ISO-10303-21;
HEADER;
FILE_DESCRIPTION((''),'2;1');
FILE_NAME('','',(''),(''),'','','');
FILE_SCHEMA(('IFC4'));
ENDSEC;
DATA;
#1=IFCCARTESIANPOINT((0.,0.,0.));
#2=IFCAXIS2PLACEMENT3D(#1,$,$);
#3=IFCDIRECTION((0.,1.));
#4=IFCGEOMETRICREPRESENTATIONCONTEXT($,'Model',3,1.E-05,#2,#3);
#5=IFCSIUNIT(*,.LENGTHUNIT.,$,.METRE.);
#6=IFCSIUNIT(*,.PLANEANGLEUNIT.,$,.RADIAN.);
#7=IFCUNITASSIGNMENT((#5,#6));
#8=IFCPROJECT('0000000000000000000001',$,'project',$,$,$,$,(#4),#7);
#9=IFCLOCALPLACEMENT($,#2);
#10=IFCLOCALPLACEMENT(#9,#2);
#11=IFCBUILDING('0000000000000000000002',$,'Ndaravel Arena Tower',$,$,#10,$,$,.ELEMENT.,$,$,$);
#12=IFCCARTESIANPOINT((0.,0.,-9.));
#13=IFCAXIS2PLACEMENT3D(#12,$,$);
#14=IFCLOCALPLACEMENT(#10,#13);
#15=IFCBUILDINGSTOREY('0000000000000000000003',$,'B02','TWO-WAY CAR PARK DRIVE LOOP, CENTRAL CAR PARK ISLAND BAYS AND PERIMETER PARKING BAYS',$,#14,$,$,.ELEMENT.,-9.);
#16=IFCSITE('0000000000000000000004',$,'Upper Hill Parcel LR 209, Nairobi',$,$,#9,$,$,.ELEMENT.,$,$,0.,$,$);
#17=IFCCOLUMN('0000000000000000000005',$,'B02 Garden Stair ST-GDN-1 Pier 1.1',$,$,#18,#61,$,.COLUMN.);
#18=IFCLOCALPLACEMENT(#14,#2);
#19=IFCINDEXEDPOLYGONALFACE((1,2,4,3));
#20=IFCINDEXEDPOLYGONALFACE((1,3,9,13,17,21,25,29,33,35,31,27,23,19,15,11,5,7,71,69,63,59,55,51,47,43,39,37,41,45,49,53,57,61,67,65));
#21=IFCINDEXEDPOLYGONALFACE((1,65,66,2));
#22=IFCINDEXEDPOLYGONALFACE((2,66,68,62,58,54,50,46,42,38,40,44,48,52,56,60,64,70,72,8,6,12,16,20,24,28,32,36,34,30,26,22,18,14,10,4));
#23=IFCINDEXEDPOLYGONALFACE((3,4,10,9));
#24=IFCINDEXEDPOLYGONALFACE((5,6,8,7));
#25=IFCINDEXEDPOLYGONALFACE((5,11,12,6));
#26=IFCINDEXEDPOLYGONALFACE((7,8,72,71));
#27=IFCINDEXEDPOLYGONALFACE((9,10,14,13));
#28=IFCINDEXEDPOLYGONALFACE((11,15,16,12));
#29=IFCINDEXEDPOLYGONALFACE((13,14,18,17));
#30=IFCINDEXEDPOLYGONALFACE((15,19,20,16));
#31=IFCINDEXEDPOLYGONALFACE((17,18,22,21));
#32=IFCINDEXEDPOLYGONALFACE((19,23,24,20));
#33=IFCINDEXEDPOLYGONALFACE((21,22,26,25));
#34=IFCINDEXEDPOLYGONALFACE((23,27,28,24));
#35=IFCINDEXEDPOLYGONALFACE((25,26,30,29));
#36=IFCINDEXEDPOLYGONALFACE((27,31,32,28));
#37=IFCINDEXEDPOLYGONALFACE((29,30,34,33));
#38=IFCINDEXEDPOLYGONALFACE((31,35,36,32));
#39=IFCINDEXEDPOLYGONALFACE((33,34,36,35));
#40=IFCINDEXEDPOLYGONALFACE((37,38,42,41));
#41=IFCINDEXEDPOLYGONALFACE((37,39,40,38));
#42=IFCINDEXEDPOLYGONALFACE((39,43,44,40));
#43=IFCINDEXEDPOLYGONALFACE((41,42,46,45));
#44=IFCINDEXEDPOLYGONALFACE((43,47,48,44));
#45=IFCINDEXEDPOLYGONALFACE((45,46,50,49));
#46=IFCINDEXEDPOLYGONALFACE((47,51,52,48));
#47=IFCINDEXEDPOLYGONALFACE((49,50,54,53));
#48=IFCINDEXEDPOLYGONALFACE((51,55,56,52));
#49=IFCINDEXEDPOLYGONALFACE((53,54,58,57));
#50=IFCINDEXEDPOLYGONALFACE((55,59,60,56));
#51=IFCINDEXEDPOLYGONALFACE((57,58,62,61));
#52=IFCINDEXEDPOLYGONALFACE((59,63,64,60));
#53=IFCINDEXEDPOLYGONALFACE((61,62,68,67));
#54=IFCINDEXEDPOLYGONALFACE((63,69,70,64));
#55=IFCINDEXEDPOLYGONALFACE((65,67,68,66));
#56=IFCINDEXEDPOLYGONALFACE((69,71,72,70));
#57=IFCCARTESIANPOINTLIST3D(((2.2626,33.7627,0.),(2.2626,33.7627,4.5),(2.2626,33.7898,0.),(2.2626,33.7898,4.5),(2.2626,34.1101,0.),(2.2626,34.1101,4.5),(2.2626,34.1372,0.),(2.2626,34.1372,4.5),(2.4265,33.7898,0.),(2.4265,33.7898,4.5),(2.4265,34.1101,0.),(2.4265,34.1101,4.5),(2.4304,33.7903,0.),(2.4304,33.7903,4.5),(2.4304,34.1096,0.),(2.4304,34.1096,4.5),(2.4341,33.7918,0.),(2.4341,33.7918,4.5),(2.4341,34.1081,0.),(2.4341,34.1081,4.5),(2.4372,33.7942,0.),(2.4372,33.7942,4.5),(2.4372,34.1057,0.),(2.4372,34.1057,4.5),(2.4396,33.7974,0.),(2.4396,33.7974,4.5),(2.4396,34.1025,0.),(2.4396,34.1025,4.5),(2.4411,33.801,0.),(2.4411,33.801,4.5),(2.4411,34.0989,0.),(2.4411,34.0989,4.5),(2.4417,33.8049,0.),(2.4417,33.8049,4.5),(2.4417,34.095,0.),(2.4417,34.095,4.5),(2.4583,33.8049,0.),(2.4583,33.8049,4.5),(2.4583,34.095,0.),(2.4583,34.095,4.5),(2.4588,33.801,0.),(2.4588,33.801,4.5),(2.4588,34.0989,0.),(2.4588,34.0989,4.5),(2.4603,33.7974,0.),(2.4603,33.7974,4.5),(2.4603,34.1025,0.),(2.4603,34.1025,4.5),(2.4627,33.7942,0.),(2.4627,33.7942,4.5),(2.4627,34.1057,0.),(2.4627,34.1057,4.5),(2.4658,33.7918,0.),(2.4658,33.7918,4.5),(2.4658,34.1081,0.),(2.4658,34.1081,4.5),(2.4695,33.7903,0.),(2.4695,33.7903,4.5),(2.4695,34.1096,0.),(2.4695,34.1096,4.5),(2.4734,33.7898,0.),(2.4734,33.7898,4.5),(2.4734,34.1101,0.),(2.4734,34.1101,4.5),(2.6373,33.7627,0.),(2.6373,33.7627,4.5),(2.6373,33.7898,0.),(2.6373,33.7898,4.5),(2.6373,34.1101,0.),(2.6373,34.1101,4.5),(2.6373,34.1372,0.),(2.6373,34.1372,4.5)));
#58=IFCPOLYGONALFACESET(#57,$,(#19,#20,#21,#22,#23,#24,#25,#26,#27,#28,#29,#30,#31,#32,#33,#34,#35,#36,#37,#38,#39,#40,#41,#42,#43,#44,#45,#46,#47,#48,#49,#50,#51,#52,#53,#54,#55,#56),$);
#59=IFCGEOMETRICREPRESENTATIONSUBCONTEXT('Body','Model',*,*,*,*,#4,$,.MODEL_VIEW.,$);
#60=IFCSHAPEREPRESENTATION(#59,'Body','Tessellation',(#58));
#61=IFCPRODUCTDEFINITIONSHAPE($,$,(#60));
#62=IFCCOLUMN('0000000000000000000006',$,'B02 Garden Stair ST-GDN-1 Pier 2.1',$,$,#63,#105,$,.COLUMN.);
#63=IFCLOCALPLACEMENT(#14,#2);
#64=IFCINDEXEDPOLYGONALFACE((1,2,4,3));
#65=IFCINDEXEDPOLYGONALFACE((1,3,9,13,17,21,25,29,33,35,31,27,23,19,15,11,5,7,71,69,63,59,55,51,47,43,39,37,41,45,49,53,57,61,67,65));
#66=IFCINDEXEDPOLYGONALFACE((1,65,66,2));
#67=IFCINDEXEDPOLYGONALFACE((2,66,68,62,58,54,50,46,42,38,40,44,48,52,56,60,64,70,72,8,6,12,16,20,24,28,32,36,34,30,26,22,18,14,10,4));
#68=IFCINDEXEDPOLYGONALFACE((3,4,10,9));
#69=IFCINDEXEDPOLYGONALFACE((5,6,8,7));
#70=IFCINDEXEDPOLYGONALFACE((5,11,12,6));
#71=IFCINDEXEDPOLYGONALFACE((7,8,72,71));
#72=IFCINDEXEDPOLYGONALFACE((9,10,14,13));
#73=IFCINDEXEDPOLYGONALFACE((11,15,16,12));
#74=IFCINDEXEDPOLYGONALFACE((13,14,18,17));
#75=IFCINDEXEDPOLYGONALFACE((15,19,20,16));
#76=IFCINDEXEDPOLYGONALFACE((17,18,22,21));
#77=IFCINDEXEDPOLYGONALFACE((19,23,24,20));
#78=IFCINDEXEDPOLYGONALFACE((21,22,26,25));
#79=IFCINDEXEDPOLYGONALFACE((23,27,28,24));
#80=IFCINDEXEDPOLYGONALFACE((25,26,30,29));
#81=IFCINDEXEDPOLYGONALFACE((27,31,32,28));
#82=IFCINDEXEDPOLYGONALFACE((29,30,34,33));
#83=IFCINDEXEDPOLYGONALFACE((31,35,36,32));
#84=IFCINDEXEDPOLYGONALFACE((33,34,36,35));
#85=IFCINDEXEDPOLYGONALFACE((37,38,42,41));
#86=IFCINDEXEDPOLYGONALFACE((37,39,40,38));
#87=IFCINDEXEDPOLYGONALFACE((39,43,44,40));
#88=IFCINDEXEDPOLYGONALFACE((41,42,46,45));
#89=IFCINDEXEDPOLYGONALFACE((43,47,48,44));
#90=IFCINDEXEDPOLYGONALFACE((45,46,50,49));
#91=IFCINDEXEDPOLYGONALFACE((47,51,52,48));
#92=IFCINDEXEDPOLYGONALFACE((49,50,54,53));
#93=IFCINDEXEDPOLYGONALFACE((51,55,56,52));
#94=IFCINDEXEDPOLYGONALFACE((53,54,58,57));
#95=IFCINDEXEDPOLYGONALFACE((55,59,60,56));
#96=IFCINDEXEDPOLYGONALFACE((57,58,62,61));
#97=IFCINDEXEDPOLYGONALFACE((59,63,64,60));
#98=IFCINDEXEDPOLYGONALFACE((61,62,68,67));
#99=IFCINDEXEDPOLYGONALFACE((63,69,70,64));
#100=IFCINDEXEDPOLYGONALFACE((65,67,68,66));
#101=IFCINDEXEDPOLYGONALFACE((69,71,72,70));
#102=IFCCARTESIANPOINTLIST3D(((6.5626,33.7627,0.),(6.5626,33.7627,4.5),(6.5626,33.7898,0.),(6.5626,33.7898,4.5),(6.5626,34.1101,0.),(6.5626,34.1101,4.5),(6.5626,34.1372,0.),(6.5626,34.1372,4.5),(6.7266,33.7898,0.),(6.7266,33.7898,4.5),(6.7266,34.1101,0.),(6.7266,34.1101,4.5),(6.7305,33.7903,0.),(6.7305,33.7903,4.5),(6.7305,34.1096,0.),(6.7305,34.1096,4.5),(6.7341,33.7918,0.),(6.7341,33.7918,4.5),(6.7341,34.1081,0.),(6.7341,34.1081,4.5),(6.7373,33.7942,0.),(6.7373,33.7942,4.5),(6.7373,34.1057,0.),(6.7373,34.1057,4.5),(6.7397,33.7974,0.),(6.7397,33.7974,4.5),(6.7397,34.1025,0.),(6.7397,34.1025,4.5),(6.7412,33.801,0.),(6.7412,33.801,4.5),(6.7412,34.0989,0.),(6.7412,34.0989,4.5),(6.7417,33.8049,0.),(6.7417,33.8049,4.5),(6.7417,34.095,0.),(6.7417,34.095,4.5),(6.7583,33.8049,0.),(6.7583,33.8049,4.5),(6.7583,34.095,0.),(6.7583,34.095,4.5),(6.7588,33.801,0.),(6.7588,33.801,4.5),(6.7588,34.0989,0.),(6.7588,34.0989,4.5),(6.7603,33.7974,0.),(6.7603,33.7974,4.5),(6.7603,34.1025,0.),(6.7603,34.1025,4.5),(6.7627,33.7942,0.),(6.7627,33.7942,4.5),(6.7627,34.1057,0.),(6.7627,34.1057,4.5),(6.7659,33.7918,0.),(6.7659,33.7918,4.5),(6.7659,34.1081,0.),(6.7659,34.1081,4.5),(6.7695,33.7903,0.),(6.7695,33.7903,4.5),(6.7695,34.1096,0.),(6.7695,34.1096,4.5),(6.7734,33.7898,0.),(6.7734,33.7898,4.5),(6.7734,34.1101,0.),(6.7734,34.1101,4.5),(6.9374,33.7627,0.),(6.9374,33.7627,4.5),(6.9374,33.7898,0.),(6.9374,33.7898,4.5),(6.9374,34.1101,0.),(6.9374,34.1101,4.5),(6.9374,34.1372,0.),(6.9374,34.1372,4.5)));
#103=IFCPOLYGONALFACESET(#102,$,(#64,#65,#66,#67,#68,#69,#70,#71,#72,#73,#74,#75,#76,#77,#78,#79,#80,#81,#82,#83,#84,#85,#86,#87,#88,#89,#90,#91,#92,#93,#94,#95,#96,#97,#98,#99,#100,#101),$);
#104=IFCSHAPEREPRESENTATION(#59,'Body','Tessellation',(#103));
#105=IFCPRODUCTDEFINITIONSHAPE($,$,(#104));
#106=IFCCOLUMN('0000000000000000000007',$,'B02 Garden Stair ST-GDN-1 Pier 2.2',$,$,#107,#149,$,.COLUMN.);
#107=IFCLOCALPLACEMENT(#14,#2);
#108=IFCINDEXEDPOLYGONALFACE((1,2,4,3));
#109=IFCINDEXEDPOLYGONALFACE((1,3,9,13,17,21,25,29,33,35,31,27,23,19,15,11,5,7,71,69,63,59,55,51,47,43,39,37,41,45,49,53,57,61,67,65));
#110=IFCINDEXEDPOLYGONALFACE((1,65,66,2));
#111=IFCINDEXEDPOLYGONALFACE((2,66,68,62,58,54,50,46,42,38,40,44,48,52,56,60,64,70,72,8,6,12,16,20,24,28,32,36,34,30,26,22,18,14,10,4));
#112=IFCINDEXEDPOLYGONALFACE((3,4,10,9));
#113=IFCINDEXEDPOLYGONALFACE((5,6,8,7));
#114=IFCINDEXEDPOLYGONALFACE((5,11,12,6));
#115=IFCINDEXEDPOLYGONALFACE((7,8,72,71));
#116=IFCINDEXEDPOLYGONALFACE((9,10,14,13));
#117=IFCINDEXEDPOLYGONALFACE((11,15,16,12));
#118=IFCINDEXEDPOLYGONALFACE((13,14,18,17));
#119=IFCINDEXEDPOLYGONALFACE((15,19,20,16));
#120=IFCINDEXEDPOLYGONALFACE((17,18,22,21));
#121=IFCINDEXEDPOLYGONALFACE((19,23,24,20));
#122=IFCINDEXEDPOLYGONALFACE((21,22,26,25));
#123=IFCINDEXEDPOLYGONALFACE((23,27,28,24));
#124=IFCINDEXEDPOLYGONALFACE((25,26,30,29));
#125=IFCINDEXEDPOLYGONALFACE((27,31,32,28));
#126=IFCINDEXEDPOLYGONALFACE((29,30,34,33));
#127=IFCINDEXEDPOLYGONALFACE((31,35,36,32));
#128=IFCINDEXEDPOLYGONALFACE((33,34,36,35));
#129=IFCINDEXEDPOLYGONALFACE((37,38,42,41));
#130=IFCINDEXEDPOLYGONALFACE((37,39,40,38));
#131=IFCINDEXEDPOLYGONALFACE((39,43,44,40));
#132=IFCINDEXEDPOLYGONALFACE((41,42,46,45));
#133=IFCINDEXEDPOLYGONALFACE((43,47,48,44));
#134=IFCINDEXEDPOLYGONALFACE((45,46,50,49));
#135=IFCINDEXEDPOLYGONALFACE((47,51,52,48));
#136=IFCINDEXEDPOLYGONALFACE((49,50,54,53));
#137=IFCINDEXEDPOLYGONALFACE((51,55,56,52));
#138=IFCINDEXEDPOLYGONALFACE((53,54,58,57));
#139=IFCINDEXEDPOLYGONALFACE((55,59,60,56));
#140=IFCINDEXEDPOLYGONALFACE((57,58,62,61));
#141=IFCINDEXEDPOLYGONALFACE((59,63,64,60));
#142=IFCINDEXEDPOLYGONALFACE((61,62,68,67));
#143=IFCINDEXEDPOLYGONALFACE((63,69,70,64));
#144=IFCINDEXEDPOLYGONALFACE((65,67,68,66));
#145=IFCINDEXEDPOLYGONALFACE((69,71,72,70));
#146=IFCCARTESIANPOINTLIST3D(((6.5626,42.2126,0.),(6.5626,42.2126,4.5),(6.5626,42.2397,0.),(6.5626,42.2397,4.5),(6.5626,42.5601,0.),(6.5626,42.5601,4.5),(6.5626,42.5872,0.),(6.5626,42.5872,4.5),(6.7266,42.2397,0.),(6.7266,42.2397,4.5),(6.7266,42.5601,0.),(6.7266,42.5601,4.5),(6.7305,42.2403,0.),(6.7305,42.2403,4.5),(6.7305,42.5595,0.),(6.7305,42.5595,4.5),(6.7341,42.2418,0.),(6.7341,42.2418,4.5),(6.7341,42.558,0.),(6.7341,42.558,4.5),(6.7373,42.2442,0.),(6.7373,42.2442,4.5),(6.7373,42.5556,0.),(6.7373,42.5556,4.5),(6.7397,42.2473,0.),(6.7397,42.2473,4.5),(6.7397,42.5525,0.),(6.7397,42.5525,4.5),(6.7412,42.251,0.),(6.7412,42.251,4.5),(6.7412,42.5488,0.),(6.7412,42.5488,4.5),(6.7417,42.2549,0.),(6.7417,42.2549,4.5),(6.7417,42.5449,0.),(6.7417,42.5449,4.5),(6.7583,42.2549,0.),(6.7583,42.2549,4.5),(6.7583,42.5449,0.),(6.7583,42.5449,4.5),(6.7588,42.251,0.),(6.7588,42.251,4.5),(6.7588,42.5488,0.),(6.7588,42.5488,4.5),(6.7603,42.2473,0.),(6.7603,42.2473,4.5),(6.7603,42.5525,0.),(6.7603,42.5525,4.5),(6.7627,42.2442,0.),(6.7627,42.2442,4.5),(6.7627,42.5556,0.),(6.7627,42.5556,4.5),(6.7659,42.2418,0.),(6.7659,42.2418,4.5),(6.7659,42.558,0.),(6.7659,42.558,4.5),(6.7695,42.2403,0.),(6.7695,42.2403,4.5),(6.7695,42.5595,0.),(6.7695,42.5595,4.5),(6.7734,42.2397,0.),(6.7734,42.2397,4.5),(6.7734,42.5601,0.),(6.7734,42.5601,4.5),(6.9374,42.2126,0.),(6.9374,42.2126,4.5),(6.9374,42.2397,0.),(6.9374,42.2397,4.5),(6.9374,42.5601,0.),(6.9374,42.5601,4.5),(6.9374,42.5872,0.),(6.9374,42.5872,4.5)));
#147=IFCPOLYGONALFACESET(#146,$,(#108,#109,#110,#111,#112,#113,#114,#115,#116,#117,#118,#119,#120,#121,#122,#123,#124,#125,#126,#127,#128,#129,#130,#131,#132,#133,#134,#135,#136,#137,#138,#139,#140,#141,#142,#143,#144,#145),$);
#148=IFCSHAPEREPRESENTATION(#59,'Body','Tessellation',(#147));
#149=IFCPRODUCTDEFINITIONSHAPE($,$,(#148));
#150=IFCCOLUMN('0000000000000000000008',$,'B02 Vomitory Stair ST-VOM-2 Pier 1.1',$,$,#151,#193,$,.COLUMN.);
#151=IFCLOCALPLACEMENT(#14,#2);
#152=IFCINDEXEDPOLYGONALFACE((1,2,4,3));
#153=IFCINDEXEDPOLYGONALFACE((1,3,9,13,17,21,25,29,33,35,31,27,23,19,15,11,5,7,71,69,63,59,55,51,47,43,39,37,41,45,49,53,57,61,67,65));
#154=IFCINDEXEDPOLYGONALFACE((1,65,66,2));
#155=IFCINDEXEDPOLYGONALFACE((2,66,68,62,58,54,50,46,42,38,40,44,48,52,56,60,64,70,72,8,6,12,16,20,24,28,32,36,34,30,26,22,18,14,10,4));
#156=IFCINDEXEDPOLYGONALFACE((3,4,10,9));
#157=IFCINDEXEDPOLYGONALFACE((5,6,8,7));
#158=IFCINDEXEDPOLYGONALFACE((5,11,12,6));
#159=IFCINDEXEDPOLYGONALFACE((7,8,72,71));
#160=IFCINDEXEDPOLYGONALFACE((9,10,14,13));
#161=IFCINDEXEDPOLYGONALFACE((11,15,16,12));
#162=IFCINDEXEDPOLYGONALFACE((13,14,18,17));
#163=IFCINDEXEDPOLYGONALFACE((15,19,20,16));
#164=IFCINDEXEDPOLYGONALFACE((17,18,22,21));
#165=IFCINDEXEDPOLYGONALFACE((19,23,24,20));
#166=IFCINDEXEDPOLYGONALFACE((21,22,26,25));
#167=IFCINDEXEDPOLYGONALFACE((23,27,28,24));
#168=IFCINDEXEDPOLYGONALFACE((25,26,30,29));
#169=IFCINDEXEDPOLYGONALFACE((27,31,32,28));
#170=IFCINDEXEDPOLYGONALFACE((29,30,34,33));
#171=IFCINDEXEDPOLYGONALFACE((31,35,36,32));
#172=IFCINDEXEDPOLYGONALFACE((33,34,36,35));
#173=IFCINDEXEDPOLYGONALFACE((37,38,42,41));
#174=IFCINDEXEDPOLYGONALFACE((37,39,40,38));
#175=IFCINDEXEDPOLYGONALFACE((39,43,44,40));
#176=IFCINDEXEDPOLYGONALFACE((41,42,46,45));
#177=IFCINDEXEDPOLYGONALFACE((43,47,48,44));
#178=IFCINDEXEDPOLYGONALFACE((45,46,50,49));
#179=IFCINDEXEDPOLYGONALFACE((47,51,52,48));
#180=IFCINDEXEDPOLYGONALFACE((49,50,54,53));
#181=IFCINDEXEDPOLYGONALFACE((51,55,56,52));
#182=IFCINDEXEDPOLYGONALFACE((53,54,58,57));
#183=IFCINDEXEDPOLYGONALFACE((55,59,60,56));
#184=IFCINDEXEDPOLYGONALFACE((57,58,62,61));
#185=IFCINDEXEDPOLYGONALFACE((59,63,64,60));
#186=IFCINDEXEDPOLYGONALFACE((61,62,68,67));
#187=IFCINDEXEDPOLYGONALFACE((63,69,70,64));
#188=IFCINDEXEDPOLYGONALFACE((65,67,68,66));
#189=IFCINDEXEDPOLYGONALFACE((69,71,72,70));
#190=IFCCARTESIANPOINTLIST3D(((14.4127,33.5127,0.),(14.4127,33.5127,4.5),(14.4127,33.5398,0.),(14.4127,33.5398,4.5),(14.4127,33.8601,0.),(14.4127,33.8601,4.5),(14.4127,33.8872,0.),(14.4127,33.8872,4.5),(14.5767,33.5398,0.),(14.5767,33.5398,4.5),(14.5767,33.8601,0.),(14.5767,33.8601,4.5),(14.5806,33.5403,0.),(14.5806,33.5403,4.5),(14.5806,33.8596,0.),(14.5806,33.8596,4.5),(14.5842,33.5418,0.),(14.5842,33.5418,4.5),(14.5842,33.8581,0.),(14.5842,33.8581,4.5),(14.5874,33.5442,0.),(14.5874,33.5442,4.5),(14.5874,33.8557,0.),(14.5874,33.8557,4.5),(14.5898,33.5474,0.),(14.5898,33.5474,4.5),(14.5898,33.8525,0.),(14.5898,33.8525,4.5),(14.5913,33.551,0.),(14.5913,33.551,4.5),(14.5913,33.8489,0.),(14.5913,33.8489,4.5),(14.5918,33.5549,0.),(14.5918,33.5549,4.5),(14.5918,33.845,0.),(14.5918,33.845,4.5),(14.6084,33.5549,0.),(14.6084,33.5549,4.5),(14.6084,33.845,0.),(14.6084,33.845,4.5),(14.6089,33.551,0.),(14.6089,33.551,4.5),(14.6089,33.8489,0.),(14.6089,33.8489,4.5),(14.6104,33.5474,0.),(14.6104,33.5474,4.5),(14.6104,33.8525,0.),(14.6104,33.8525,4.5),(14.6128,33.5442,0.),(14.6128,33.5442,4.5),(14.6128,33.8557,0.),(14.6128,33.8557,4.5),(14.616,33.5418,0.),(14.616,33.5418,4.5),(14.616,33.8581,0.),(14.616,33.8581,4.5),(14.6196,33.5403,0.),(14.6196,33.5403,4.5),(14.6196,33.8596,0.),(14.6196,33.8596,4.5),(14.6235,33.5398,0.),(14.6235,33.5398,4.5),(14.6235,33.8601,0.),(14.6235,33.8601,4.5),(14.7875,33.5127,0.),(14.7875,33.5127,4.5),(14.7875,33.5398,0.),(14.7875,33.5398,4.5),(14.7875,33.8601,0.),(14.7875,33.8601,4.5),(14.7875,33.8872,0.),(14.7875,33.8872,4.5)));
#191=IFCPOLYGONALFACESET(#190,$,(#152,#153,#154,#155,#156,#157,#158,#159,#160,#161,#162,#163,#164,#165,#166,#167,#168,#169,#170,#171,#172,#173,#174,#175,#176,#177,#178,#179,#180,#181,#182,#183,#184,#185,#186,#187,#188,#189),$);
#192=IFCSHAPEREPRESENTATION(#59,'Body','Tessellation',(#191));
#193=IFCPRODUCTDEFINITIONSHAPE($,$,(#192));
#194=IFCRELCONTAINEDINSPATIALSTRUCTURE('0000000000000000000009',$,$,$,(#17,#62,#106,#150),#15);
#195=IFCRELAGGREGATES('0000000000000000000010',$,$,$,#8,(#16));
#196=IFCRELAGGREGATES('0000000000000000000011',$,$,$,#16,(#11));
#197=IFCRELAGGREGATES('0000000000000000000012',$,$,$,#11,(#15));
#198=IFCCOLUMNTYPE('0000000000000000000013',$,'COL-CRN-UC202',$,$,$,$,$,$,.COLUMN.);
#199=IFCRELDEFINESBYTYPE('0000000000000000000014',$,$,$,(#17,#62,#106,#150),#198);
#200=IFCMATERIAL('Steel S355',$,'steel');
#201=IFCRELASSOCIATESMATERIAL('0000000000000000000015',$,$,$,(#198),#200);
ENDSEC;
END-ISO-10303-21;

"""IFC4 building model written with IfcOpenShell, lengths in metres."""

from ifc_helpers import new_model, si_unit, direction, frame, origin, origin_2d, place, context, subcontext, project, spatial, i_section, extrude, material, material_profile, profile_set, type_object, element, save


model = new_model("IFC4")

# Units and contexts
model_context = context("Model", 3, precision=1e-05, world=origin(), true_north=direction((0.0, 1.0)))
body_context = subcontext(model_context, "Body", "Model", "MODEL_VIEW")
ifc_project = project(units=[si_unit("LENGTHUNIT", "METRE"), si_unit("PLANEANGLEUNIT", "RADIAN")], contexts=[model_context])

# Site, building, storey
site_placement = place(None, origin())
site = spatial("IfcSite", under=ifc_project, at=site_placement, Name="Upper Hill Parcel LR 209, Nairobi", CompositionType="ELEMENT", RefElevation=0.0)
building_placement = place(site_placement, origin())
building = spatial("IfcBuilding", under=site, at=building_placement, Name="Ndaravel Arena Tower", CompositionType="ELEMENT")
storey_placement = place(building_placement, frame((0.0, 0.0, -9.0)))
storey = spatial("IfcBuildingStorey", under=building, at=storey_placement, Name="B02", Description="TWO-WAY CAR PARK DRIVE LOOP, CENTRAL CAR PARK ISLAND BAYS AND PERIMETER PARKING BAYS", CompositionType="ELEMENT", Elevation=-9.0)

# Columns
ifc_material_1 = material(Name="Steel S355", Category="steel")
ifc_material_profile_1 = material_profile(ifc_material_1, i_section(OverallWidth=0.3748, OverallDepth=0.3745, WebThickness=0.0166, FlangeThickness=0.0271, FilletRadius=0.0151, at=origin_2d()), Name="UC 356x368x202")
ifc_profile_set_1 = profile_set([ifc_material_profile_1], Name="Steel S355")
column_type_1 = type_object("IfcColumnType", Name="COL-CRN-UC202", PredefinedType="COLUMN", material=ifc_profile_set_1)
for number, where, z_axis, x_axis, name in (
    (1, (2.45, 33.95, 0.0), (0.0, 0.0, 1.0), (1.0, 0.0, 0.0), "B02 Garden Stair ST-GDN-1 Pier 1.1"),
    (2, (6.75, 33.95, 0.0), (0.0, 0.0, 1.0), (1.0, 0.0, 0.0), "B02 Garden Stair ST-GDN-1 Pier 2.1"),
    (3, (6.75, 42.3999, 0.0), (0.0, 0.0, 1.0), (1.0, 0.0, 0.0), "B02 Garden Stair ST-GDN-1 Pier 2.2"),
    (4, (14.6001, 33.7, 0.0), (0.0, 0.0, 1.0), (1.0, 0.0, 0.0), "B02 Vomitory Stair ST-VOM-2 Pier 1.1"),
):
    element("IfcColumn", number, at=place(storey_placement, frame(where, z_axis=z_axis, x_axis=x_axis)), inside=storey, type_object=column_type_1, Name=name, PredefinedType="COLUMN", context=body_context, shape_type="SweptSolid", body=[
        extrude(i_section(OverallWidth=0.3748, OverallDepth=0.3745, WebThickness=0.0166, FlangeThickness=0.0271, FilletRadius=0.0151, at=origin_2d()), origin(), (0.0, 0.0, 1.0), 4.5),
    ])

save(model, "model.ifc")
